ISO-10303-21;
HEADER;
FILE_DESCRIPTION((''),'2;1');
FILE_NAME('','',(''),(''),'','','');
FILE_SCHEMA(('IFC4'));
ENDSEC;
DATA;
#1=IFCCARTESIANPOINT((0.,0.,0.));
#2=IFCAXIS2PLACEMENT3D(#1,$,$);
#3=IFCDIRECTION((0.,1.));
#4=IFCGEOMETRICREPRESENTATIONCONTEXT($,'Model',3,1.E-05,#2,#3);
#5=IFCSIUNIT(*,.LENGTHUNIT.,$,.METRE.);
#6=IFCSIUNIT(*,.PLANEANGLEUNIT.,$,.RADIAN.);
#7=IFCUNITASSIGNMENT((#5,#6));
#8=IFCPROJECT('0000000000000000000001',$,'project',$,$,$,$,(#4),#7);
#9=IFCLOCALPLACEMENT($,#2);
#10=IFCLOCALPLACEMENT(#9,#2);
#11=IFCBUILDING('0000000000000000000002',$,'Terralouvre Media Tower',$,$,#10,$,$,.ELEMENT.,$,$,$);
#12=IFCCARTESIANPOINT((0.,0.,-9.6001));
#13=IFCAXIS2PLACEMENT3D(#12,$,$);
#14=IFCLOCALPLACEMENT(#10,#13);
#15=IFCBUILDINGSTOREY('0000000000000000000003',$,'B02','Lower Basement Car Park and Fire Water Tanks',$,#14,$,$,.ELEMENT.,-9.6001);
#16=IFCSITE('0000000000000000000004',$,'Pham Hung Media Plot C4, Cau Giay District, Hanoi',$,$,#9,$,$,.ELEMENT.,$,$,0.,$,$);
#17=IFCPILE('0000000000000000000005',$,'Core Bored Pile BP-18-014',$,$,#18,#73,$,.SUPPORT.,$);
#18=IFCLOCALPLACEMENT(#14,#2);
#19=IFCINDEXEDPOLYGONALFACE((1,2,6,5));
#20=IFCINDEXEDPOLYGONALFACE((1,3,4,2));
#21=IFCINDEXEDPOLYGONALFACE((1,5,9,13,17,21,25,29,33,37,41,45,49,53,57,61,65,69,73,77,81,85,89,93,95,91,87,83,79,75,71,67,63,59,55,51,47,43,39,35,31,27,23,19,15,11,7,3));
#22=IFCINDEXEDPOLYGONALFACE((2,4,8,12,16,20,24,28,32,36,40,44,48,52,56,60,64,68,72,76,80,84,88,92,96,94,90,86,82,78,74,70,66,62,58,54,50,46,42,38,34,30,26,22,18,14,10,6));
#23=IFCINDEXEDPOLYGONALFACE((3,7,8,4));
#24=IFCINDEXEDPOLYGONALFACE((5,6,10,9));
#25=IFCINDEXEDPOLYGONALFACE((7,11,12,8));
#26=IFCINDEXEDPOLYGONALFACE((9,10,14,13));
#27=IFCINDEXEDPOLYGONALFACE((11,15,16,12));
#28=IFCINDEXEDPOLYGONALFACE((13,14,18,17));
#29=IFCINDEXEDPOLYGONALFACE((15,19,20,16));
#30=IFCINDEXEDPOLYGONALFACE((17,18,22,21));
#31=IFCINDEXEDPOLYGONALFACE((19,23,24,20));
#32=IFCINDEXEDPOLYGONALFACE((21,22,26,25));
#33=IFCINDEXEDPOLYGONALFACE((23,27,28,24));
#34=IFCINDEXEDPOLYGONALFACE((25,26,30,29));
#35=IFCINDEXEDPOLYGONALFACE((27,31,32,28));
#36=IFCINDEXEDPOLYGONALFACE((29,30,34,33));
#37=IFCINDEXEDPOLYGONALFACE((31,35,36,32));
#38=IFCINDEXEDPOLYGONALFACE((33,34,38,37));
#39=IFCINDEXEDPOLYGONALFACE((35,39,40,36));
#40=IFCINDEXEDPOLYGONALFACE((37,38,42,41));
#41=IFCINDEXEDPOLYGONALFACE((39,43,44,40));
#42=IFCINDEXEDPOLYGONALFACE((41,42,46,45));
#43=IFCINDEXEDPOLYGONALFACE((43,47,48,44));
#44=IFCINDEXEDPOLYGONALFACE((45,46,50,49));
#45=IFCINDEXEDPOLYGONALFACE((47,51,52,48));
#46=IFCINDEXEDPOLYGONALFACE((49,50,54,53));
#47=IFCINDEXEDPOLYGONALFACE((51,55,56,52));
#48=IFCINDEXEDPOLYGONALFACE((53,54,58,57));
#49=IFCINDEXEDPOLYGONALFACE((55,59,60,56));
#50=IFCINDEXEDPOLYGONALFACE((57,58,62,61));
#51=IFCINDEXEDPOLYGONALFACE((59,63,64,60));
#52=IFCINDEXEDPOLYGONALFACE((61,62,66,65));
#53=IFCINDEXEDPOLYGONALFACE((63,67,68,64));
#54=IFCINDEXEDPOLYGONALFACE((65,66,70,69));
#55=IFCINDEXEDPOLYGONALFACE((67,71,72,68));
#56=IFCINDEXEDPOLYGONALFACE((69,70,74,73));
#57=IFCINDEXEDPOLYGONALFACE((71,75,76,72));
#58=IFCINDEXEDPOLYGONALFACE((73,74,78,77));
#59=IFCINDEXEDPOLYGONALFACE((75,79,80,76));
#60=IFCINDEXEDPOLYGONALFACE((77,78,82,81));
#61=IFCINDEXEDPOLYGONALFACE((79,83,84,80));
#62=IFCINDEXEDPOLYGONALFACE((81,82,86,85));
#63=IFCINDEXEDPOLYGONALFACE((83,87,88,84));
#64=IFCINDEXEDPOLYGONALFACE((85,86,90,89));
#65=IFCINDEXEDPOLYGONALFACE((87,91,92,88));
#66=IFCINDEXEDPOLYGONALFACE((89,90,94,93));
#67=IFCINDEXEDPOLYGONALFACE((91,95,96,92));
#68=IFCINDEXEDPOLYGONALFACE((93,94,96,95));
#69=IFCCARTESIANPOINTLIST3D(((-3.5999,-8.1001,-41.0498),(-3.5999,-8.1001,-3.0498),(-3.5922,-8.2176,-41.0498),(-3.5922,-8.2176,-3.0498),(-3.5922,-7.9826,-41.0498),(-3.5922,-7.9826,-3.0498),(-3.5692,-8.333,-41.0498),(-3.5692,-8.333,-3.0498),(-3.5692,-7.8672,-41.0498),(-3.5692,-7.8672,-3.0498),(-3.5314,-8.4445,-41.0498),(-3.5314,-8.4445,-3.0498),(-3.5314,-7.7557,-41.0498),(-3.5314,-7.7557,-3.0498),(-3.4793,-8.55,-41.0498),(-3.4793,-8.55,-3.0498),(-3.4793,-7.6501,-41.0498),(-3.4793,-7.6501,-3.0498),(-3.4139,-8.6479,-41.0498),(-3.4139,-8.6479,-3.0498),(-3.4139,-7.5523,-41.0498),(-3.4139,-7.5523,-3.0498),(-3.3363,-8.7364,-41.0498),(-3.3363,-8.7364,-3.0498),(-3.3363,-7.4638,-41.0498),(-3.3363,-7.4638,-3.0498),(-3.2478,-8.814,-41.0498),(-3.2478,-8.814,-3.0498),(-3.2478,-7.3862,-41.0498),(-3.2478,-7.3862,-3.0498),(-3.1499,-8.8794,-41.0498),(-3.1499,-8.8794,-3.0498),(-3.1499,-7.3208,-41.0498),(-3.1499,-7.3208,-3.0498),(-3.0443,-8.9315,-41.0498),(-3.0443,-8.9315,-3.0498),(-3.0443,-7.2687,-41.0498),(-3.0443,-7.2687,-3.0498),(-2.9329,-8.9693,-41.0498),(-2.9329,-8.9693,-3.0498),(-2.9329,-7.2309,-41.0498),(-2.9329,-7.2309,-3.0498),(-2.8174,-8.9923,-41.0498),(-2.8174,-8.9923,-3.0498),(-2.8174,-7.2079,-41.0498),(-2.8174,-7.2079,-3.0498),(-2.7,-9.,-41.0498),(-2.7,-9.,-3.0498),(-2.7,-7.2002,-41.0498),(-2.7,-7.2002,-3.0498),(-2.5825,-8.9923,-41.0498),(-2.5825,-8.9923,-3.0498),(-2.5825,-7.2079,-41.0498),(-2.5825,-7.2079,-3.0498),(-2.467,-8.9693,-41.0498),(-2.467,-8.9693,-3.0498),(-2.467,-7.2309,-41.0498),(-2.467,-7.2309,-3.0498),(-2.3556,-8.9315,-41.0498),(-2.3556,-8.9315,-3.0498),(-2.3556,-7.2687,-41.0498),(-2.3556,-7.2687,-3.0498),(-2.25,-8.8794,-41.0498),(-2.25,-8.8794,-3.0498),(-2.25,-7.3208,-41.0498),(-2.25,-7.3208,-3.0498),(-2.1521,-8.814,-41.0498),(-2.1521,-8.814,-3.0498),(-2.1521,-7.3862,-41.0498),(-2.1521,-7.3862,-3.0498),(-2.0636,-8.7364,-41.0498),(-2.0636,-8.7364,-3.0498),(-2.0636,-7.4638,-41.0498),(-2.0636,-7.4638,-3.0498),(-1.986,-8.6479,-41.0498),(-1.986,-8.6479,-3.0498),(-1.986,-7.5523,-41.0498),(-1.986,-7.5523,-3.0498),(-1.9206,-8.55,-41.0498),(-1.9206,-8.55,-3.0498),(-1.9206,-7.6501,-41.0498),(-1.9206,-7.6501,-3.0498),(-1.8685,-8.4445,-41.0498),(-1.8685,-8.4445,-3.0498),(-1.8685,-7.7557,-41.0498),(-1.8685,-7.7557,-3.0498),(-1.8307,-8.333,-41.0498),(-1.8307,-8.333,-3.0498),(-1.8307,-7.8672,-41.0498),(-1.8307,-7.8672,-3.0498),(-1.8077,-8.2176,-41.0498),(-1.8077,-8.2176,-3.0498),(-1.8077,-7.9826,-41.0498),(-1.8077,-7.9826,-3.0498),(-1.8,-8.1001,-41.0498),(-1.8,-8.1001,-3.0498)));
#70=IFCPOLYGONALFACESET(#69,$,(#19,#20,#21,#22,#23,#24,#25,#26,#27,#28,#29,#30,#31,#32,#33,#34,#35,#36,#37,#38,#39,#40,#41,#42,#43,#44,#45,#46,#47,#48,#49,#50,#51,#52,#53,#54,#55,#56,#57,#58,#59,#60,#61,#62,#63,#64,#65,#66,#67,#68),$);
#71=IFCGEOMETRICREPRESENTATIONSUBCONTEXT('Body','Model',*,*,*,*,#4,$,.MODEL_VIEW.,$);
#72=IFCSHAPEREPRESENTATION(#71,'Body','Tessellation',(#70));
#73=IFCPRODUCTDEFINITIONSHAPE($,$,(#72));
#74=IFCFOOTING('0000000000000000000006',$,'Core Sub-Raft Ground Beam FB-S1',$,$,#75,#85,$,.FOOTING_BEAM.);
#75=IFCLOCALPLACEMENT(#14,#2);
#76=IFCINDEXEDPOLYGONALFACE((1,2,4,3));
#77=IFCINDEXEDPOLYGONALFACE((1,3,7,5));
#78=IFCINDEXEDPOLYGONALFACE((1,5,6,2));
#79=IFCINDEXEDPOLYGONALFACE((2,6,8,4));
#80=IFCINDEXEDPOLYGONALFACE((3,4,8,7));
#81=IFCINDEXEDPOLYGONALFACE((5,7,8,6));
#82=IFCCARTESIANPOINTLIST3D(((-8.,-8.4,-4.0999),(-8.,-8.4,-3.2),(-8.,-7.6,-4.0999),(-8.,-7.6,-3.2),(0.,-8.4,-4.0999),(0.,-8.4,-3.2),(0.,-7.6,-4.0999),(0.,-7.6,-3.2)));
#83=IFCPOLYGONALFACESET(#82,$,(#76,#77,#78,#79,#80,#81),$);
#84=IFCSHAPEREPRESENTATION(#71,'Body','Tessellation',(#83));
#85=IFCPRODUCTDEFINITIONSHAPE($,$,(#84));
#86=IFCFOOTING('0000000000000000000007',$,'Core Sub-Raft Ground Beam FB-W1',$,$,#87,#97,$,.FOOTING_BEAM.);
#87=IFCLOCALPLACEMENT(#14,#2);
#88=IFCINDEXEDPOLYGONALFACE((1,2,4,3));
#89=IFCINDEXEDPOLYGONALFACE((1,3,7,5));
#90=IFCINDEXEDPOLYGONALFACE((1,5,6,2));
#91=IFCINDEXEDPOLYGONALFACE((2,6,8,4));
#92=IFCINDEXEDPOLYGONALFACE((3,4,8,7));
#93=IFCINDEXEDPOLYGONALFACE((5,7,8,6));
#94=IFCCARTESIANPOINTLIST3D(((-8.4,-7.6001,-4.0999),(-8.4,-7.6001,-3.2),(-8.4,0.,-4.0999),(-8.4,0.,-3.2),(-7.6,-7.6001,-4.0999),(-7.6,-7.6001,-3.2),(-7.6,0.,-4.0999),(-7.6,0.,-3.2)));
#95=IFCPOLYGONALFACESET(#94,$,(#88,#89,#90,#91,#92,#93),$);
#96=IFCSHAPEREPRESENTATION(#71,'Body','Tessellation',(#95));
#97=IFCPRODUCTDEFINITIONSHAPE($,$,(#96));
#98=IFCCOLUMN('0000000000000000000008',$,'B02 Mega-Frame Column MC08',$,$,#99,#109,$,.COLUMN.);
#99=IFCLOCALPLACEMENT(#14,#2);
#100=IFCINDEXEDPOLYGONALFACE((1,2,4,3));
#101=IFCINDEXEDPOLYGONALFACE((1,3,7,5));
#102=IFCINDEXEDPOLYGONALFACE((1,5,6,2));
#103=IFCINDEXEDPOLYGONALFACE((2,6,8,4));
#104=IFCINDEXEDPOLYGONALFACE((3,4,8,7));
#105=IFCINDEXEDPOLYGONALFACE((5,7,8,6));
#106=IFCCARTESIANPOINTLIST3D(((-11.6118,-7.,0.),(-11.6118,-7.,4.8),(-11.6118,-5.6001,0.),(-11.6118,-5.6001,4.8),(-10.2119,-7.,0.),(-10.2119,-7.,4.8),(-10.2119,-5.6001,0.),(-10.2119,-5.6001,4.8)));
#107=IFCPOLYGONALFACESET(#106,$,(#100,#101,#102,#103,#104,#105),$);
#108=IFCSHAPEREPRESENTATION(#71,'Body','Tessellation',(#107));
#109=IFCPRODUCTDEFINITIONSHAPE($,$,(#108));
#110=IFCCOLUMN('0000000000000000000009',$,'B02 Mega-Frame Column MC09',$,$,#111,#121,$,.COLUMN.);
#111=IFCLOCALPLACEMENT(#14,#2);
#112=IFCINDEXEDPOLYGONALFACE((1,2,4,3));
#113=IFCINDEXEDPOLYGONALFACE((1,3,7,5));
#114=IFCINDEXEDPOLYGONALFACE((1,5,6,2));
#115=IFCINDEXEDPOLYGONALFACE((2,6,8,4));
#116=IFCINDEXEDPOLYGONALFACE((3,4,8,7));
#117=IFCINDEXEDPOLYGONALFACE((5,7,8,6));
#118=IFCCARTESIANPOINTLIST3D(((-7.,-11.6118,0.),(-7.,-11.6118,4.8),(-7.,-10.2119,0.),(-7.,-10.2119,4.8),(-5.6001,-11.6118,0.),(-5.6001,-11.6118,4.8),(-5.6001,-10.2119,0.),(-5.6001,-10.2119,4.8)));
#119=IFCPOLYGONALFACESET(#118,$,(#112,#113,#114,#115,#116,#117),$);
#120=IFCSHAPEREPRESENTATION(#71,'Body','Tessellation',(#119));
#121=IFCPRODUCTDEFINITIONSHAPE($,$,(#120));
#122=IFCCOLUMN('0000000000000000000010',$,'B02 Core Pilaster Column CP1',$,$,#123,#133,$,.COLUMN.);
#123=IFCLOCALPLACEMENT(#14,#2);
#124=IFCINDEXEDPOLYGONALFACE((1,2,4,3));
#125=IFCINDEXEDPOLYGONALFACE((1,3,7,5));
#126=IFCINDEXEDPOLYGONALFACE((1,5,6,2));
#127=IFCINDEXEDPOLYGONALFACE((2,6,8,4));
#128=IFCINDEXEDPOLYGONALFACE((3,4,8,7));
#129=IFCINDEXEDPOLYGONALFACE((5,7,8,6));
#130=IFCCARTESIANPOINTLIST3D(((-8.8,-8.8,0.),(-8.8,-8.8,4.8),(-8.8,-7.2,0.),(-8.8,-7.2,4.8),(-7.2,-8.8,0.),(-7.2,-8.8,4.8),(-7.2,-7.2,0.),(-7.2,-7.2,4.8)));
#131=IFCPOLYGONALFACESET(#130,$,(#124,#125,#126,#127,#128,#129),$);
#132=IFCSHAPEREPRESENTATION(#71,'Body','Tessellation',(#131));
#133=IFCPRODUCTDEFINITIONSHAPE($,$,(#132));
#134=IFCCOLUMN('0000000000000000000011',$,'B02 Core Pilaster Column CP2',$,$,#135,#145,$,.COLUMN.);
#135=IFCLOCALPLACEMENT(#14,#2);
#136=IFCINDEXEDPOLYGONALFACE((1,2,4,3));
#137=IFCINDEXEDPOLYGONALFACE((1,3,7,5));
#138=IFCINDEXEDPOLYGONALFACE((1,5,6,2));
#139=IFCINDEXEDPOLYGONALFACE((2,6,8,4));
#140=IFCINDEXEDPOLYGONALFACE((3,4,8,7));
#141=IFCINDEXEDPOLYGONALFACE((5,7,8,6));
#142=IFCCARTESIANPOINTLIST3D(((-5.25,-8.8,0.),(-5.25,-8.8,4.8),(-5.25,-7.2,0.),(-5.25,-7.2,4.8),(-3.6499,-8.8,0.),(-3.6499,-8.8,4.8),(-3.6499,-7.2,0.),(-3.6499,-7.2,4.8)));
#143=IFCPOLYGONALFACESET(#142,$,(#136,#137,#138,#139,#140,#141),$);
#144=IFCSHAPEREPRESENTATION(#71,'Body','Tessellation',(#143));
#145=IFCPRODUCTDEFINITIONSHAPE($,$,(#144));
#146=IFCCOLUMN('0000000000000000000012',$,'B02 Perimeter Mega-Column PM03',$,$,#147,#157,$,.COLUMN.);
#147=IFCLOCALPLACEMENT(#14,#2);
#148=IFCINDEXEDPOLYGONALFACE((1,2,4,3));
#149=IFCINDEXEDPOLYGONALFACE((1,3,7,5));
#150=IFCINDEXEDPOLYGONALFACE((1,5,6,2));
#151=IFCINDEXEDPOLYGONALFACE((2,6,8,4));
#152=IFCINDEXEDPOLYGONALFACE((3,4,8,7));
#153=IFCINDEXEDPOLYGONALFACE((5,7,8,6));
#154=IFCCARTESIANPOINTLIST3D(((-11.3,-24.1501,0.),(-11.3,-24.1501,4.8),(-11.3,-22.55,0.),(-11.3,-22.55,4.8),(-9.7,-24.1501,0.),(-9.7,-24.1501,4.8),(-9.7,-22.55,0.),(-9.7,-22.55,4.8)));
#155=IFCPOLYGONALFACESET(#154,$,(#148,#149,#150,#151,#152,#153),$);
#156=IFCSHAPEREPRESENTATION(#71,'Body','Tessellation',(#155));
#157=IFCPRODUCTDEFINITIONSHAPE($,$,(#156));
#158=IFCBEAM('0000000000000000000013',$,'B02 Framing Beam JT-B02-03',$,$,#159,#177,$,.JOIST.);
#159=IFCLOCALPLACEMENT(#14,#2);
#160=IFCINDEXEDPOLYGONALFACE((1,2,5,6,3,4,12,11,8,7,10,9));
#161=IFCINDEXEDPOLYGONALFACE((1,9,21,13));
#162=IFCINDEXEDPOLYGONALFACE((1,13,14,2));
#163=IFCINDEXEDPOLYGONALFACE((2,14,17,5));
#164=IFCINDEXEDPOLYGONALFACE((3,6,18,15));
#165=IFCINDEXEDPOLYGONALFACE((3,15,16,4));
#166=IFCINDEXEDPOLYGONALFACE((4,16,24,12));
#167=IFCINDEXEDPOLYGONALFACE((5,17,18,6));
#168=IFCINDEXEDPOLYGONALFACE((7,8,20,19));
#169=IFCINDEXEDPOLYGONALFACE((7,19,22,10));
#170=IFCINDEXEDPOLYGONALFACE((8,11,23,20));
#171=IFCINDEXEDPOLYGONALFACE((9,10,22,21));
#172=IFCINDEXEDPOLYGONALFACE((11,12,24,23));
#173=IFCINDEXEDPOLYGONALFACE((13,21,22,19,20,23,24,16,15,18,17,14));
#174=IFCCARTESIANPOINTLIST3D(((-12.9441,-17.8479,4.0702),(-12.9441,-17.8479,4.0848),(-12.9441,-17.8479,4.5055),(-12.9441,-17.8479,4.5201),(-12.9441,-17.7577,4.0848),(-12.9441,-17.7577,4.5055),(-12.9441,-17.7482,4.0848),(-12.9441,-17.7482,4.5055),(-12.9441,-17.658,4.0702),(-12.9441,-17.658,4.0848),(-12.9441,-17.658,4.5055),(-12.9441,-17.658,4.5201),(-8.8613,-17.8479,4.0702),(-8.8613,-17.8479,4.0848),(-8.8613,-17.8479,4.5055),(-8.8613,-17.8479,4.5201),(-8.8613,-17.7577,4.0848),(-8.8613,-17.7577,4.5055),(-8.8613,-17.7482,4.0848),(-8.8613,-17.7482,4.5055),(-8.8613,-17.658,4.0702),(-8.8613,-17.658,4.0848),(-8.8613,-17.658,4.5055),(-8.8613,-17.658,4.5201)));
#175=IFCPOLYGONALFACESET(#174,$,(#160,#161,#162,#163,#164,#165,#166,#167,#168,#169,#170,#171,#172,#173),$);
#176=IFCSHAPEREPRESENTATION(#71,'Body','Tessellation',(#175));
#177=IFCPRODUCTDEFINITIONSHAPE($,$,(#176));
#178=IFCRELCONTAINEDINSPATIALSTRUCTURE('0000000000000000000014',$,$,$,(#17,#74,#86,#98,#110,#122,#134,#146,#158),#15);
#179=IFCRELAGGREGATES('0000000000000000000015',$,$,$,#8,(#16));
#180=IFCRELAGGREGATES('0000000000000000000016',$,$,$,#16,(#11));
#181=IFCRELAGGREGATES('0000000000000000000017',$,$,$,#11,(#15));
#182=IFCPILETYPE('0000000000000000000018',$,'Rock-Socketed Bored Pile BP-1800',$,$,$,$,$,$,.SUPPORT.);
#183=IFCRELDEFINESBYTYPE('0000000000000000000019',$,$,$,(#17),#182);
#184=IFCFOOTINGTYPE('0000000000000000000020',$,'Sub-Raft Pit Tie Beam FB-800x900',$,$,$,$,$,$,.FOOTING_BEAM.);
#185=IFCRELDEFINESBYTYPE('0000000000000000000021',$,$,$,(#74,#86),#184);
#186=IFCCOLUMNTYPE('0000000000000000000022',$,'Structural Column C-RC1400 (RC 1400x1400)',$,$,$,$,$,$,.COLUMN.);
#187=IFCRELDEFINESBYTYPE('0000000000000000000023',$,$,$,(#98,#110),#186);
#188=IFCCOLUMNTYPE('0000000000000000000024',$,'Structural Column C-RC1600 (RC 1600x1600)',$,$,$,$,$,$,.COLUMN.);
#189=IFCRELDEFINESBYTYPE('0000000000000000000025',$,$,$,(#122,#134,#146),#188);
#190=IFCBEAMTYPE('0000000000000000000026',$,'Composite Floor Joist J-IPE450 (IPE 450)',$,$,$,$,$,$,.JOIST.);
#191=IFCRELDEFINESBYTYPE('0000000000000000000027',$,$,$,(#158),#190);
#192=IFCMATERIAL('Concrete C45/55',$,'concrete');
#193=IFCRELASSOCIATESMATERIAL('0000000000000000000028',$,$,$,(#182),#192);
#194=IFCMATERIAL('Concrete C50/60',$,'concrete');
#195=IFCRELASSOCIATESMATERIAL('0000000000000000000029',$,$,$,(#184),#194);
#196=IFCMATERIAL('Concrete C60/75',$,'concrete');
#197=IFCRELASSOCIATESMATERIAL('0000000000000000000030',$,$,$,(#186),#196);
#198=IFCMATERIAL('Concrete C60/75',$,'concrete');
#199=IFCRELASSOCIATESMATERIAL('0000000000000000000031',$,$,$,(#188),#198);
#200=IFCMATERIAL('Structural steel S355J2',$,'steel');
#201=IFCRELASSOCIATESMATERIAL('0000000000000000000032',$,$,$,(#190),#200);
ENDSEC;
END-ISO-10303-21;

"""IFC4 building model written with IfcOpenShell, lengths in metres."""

from ifc_helpers import new_model, si_unit, direction, frame, origin, origin_2d, place, context, subcontext, project, spatial, rectangle, circle, i_section, extrude, material, material_profile, profile_set, type_object, element, save


model = new_model("IFC4")

# Units and contexts
model_context = context("Model", 3, precision=1e-05, world=origin(), true_north=direction((0.0, 1.0)))
body_context = subcontext(model_context, "Body", "Model", "MODEL_VIEW")
ifc_project = project(units=[si_unit("LENGTHUNIT", "METRE"), si_unit("PLANEANGLEUNIT", "RADIAN")], contexts=[model_context])

# Site, building, storey
site_placement = place(None, origin())
site = spatial("IfcSite", under=ifc_project, at=site_placement, Name="Pham Hung Media Plot C4, Cau Giay District, Hanoi", CompositionType="ELEMENT", RefElevation=0.0)
building_placement = place(site_placement, origin())
building = spatial("IfcBuilding", under=site, at=building_placement, Name="Terralouvre Media Tower", CompositionType="ELEMENT")
storey_placement = place(building_placement, frame((0.0, 0.0, -9.6001)))
storey = spatial("IfcBuildingStorey", under=building, at=storey_placement, Name="B02", Description="Lower Basement Car Park and Fire Water Tanks", CompositionType="ELEMENT", Elevation=-9.6001)

# Pile
ifc_material_1 = material(Name="Concrete C45/55", Category="concrete")
ifc_material_profile_1 = material_profile(ifc_material_1, circle(Radius=0.8999, at=origin_2d()), Name="BORED PILE 1800")
ifc_profile_set_1 = profile_set([ifc_material_profile_1], Name="Concrete C45/55")
pile_type_1 = type_object("IfcPileType", Name="Rock-Socketed Bored Pile BP-1800", PredefinedType="SUPPORT", material=ifc_profile_set_1)
for number, where, z_axis, x_axis, name in (
    (1, (-2.7, -8.1001, -3.0498), (0.0, 0.0, -1.0), (1.0, 0.0, 0.0), "Core Bored Pile BP-18-014"),
):
    element("IfcPile", number, at=place(storey_placement, frame(where, z_axis=z_axis, x_axis=x_axis)), inside=storey, type_object=pile_type_1, Name=name, PredefinedType="SUPPORT", context=body_context, shape_type="SweptSolid", body=[
        extrude(circle(Radius=0.8999, at=origin_2d()), origin(), (0.0, 0.0, 1.0), 38.0),
    ])

# Footings
ifc_material_2 = material(Name="Concrete C50/60", Category="concrete")
ifc_material_profile_2 = material_profile(ifc_material_2, rectangle(XDim=0.8, YDim=0.8999, at=origin_2d()), Name="FB 800x900")
ifc_profile_set_2 = profile_set([ifc_material_profile_2], Name="Concrete C50/60")
footing_type = type_object("IfcFootingType", Name="Sub-Raft Pit Tie Beam FB-800x900", PredefinedType="FOOTING_BEAM", material=ifc_profile_set_2)
footing_1_placement = place(storey_placement, frame((-8.0, -8.0, -3.6499), z_axis=(1.0, 0.0, 0.0), x_axis=(0.0, 1.0, 0.0)))
element("IfcFooting", 2, at=footing_1_placement, inside=storey, type_object=footing_type, Name="Core Sub-Raft Ground Beam FB-S1", PredefinedType="FOOTING_BEAM", context=body_context, shape_type="SweptSolid", body=[
    extrude(rectangle(XDim=0.8, YDim=0.8999, at=origin_2d()), origin(), (0.0, 0.0, 1.0), 8.0),
])
footing_2_placement = place(storey_placement, frame((-8.0, -7.6001, -3.6499), z_axis=(0.0, 1.0, 0.0), x_axis=(-1.0, 0.0, 0.0)))
element("IfcFooting", 3, at=footing_2_placement, inside=storey, type_object=footing_type, Name="Core Sub-Raft Ground Beam FB-W1", PredefinedType="FOOTING_BEAM", context=body_context, shape_type="SweptSolid", body=[
    extrude(rectangle(XDim=0.8, YDim=0.8999, at=origin_2d()), origin(), (0.0, 0.0, 1.0), 7.6001),
])

# Columns
ifc_material_3 = material(Name="Concrete C60/75", Category="concrete")
ifc_material_profile_3 = material_profile(ifc_material_3, rectangle(XDim=1.3999, YDim=1.3999, at=origin_2d()), Name="RC 1400x1400")
ifc_profile_set_3 = profile_set([ifc_material_profile_3], Name="Concrete C60/75")
column_type_1 = type_object("IfcColumnType", Name="Structural Column C-RC1400 (RC 1400x1400)", PredefinedType="COLUMN", material=ifc_profile_set_3)
for number, where, z_axis, x_axis, name in (
    (4, (-10.9119, -6.3, 0.0), (0.0, 0.0, 1.0), (1.0, 0.0, 0.0), "B02 Mega-Frame Column MC08"),
    (5, (-6.3, -10.9119, 0.0), (0.0, 0.0, 1.0), (1.0, 0.0, 0.0), "B02 Mega-Frame Column MC09"),
):
    element("IfcColumn", number, at=place(storey_placement, frame(where, z_axis=z_axis, x_axis=x_axis)), inside=storey, type_object=column_type_1, Name=name, PredefinedType="COLUMN", context=body_context, shape_type="SweptSolid", body=[
        extrude(rectangle(XDim=1.3999, YDim=1.3999, at=origin_2d()), origin(), (0.0, 0.0, 1.0), 4.8),
    ])
ifc_material_4 = material(Name="Concrete C60/75", Category="concrete")
ifc_material_profile_4 = material_profile(ifc_material_4, rectangle(XDim=1.6001, YDim=1.6001, at=origin_2d()), Name="RC 1600x1600")
ifc_profile_set_4 = profile_set([ifc_material_profile_4], Name="Concrete C60/75")
column_type_2 = type_object("IfcColumnType", Name="Structural Column C-RC1600 (RC 1600x1600)", PredefinedType="COLUMN", material=ifc_profile_set_4)
for number, where, z_axis, x_axis, name in (
    (6, (-8.0, -8.0, 0.0), (0.0, 0.0, 1.0), (1.0, 0.0, 0.0), "B02 Core Pilaster Column CP1"),
    (7, (-4.45, -8.0, 0.0), (0.0, 0.0, 1.0), (1.0, 0.0, 0.0), "B02 Core Pilaster Column CP2"),
    (8, (-10.5, -23.3501, 0.0), (0.0, 0.0, 1.0), (1.0, 0.0, 0.0), "B02 Perimeter Mega-Column PM03"),
):
    element("IfcColumn", number, at=place(storey_placement, frame(where, z_axis=z_axis, x_axis=x_axis)), inside=storey, type_object=column_type_2, Name=name, PredefinedType="COLUMN", context=body_context, shape_type="SweptSolid", body=[
        extrude(rectangle(XDim=1.6001, YDim=1.6001, at=origin_2d()), origin(), (0.0, 0.0, 1.0), 4.8),
    ])

# Beam
ifc_material_5 = material(Name="Structural steel S355J2", Category="steel")
ifc_material_profile_5 = material_profile(ifc_material_5, i_section(OverallWidth=0.1899, OverallDepth=0.45, WebThickness=0.0095, FlangeThickness=0.0146, at=origin_2d()), Name="IPE 450")
ifc_profile_set_5 = profile_set([ifc_material_profile_5], Name="Structural steel S355J2")
beam_type_1 = type_object("IfcBeamType", Name="Composite Floor Joist J-IPE450 (IPE 450)", PredefinedType="JOIST", material=ifc_profile_set_5)
beam_1_placement = place(storey_placement, frame((-12.9441, -17.7529, 4.2952), z_axis=(1.0, 0.0, 0.0), x_axis=(0.0, 1.0, 0.0)))
element("IfcBeam", 9, at=beam_1_placement, inside=storey, type_object=beam_type_1, Name="B02 Framing Beam JT-B02-03", PredefinedType="JOIST", context=body_context, shape_type="SweptSolid", body=[
    extrude(i_section(OverallWidth=0.1899, OverallDepth=0.45, WebThickness=0.0095, FlangeThickness=0.0146, at=origin_2d()), origin(), (0.0, 0.0, 1.0), 4.0828),
])

save(model, "model.ifc")
